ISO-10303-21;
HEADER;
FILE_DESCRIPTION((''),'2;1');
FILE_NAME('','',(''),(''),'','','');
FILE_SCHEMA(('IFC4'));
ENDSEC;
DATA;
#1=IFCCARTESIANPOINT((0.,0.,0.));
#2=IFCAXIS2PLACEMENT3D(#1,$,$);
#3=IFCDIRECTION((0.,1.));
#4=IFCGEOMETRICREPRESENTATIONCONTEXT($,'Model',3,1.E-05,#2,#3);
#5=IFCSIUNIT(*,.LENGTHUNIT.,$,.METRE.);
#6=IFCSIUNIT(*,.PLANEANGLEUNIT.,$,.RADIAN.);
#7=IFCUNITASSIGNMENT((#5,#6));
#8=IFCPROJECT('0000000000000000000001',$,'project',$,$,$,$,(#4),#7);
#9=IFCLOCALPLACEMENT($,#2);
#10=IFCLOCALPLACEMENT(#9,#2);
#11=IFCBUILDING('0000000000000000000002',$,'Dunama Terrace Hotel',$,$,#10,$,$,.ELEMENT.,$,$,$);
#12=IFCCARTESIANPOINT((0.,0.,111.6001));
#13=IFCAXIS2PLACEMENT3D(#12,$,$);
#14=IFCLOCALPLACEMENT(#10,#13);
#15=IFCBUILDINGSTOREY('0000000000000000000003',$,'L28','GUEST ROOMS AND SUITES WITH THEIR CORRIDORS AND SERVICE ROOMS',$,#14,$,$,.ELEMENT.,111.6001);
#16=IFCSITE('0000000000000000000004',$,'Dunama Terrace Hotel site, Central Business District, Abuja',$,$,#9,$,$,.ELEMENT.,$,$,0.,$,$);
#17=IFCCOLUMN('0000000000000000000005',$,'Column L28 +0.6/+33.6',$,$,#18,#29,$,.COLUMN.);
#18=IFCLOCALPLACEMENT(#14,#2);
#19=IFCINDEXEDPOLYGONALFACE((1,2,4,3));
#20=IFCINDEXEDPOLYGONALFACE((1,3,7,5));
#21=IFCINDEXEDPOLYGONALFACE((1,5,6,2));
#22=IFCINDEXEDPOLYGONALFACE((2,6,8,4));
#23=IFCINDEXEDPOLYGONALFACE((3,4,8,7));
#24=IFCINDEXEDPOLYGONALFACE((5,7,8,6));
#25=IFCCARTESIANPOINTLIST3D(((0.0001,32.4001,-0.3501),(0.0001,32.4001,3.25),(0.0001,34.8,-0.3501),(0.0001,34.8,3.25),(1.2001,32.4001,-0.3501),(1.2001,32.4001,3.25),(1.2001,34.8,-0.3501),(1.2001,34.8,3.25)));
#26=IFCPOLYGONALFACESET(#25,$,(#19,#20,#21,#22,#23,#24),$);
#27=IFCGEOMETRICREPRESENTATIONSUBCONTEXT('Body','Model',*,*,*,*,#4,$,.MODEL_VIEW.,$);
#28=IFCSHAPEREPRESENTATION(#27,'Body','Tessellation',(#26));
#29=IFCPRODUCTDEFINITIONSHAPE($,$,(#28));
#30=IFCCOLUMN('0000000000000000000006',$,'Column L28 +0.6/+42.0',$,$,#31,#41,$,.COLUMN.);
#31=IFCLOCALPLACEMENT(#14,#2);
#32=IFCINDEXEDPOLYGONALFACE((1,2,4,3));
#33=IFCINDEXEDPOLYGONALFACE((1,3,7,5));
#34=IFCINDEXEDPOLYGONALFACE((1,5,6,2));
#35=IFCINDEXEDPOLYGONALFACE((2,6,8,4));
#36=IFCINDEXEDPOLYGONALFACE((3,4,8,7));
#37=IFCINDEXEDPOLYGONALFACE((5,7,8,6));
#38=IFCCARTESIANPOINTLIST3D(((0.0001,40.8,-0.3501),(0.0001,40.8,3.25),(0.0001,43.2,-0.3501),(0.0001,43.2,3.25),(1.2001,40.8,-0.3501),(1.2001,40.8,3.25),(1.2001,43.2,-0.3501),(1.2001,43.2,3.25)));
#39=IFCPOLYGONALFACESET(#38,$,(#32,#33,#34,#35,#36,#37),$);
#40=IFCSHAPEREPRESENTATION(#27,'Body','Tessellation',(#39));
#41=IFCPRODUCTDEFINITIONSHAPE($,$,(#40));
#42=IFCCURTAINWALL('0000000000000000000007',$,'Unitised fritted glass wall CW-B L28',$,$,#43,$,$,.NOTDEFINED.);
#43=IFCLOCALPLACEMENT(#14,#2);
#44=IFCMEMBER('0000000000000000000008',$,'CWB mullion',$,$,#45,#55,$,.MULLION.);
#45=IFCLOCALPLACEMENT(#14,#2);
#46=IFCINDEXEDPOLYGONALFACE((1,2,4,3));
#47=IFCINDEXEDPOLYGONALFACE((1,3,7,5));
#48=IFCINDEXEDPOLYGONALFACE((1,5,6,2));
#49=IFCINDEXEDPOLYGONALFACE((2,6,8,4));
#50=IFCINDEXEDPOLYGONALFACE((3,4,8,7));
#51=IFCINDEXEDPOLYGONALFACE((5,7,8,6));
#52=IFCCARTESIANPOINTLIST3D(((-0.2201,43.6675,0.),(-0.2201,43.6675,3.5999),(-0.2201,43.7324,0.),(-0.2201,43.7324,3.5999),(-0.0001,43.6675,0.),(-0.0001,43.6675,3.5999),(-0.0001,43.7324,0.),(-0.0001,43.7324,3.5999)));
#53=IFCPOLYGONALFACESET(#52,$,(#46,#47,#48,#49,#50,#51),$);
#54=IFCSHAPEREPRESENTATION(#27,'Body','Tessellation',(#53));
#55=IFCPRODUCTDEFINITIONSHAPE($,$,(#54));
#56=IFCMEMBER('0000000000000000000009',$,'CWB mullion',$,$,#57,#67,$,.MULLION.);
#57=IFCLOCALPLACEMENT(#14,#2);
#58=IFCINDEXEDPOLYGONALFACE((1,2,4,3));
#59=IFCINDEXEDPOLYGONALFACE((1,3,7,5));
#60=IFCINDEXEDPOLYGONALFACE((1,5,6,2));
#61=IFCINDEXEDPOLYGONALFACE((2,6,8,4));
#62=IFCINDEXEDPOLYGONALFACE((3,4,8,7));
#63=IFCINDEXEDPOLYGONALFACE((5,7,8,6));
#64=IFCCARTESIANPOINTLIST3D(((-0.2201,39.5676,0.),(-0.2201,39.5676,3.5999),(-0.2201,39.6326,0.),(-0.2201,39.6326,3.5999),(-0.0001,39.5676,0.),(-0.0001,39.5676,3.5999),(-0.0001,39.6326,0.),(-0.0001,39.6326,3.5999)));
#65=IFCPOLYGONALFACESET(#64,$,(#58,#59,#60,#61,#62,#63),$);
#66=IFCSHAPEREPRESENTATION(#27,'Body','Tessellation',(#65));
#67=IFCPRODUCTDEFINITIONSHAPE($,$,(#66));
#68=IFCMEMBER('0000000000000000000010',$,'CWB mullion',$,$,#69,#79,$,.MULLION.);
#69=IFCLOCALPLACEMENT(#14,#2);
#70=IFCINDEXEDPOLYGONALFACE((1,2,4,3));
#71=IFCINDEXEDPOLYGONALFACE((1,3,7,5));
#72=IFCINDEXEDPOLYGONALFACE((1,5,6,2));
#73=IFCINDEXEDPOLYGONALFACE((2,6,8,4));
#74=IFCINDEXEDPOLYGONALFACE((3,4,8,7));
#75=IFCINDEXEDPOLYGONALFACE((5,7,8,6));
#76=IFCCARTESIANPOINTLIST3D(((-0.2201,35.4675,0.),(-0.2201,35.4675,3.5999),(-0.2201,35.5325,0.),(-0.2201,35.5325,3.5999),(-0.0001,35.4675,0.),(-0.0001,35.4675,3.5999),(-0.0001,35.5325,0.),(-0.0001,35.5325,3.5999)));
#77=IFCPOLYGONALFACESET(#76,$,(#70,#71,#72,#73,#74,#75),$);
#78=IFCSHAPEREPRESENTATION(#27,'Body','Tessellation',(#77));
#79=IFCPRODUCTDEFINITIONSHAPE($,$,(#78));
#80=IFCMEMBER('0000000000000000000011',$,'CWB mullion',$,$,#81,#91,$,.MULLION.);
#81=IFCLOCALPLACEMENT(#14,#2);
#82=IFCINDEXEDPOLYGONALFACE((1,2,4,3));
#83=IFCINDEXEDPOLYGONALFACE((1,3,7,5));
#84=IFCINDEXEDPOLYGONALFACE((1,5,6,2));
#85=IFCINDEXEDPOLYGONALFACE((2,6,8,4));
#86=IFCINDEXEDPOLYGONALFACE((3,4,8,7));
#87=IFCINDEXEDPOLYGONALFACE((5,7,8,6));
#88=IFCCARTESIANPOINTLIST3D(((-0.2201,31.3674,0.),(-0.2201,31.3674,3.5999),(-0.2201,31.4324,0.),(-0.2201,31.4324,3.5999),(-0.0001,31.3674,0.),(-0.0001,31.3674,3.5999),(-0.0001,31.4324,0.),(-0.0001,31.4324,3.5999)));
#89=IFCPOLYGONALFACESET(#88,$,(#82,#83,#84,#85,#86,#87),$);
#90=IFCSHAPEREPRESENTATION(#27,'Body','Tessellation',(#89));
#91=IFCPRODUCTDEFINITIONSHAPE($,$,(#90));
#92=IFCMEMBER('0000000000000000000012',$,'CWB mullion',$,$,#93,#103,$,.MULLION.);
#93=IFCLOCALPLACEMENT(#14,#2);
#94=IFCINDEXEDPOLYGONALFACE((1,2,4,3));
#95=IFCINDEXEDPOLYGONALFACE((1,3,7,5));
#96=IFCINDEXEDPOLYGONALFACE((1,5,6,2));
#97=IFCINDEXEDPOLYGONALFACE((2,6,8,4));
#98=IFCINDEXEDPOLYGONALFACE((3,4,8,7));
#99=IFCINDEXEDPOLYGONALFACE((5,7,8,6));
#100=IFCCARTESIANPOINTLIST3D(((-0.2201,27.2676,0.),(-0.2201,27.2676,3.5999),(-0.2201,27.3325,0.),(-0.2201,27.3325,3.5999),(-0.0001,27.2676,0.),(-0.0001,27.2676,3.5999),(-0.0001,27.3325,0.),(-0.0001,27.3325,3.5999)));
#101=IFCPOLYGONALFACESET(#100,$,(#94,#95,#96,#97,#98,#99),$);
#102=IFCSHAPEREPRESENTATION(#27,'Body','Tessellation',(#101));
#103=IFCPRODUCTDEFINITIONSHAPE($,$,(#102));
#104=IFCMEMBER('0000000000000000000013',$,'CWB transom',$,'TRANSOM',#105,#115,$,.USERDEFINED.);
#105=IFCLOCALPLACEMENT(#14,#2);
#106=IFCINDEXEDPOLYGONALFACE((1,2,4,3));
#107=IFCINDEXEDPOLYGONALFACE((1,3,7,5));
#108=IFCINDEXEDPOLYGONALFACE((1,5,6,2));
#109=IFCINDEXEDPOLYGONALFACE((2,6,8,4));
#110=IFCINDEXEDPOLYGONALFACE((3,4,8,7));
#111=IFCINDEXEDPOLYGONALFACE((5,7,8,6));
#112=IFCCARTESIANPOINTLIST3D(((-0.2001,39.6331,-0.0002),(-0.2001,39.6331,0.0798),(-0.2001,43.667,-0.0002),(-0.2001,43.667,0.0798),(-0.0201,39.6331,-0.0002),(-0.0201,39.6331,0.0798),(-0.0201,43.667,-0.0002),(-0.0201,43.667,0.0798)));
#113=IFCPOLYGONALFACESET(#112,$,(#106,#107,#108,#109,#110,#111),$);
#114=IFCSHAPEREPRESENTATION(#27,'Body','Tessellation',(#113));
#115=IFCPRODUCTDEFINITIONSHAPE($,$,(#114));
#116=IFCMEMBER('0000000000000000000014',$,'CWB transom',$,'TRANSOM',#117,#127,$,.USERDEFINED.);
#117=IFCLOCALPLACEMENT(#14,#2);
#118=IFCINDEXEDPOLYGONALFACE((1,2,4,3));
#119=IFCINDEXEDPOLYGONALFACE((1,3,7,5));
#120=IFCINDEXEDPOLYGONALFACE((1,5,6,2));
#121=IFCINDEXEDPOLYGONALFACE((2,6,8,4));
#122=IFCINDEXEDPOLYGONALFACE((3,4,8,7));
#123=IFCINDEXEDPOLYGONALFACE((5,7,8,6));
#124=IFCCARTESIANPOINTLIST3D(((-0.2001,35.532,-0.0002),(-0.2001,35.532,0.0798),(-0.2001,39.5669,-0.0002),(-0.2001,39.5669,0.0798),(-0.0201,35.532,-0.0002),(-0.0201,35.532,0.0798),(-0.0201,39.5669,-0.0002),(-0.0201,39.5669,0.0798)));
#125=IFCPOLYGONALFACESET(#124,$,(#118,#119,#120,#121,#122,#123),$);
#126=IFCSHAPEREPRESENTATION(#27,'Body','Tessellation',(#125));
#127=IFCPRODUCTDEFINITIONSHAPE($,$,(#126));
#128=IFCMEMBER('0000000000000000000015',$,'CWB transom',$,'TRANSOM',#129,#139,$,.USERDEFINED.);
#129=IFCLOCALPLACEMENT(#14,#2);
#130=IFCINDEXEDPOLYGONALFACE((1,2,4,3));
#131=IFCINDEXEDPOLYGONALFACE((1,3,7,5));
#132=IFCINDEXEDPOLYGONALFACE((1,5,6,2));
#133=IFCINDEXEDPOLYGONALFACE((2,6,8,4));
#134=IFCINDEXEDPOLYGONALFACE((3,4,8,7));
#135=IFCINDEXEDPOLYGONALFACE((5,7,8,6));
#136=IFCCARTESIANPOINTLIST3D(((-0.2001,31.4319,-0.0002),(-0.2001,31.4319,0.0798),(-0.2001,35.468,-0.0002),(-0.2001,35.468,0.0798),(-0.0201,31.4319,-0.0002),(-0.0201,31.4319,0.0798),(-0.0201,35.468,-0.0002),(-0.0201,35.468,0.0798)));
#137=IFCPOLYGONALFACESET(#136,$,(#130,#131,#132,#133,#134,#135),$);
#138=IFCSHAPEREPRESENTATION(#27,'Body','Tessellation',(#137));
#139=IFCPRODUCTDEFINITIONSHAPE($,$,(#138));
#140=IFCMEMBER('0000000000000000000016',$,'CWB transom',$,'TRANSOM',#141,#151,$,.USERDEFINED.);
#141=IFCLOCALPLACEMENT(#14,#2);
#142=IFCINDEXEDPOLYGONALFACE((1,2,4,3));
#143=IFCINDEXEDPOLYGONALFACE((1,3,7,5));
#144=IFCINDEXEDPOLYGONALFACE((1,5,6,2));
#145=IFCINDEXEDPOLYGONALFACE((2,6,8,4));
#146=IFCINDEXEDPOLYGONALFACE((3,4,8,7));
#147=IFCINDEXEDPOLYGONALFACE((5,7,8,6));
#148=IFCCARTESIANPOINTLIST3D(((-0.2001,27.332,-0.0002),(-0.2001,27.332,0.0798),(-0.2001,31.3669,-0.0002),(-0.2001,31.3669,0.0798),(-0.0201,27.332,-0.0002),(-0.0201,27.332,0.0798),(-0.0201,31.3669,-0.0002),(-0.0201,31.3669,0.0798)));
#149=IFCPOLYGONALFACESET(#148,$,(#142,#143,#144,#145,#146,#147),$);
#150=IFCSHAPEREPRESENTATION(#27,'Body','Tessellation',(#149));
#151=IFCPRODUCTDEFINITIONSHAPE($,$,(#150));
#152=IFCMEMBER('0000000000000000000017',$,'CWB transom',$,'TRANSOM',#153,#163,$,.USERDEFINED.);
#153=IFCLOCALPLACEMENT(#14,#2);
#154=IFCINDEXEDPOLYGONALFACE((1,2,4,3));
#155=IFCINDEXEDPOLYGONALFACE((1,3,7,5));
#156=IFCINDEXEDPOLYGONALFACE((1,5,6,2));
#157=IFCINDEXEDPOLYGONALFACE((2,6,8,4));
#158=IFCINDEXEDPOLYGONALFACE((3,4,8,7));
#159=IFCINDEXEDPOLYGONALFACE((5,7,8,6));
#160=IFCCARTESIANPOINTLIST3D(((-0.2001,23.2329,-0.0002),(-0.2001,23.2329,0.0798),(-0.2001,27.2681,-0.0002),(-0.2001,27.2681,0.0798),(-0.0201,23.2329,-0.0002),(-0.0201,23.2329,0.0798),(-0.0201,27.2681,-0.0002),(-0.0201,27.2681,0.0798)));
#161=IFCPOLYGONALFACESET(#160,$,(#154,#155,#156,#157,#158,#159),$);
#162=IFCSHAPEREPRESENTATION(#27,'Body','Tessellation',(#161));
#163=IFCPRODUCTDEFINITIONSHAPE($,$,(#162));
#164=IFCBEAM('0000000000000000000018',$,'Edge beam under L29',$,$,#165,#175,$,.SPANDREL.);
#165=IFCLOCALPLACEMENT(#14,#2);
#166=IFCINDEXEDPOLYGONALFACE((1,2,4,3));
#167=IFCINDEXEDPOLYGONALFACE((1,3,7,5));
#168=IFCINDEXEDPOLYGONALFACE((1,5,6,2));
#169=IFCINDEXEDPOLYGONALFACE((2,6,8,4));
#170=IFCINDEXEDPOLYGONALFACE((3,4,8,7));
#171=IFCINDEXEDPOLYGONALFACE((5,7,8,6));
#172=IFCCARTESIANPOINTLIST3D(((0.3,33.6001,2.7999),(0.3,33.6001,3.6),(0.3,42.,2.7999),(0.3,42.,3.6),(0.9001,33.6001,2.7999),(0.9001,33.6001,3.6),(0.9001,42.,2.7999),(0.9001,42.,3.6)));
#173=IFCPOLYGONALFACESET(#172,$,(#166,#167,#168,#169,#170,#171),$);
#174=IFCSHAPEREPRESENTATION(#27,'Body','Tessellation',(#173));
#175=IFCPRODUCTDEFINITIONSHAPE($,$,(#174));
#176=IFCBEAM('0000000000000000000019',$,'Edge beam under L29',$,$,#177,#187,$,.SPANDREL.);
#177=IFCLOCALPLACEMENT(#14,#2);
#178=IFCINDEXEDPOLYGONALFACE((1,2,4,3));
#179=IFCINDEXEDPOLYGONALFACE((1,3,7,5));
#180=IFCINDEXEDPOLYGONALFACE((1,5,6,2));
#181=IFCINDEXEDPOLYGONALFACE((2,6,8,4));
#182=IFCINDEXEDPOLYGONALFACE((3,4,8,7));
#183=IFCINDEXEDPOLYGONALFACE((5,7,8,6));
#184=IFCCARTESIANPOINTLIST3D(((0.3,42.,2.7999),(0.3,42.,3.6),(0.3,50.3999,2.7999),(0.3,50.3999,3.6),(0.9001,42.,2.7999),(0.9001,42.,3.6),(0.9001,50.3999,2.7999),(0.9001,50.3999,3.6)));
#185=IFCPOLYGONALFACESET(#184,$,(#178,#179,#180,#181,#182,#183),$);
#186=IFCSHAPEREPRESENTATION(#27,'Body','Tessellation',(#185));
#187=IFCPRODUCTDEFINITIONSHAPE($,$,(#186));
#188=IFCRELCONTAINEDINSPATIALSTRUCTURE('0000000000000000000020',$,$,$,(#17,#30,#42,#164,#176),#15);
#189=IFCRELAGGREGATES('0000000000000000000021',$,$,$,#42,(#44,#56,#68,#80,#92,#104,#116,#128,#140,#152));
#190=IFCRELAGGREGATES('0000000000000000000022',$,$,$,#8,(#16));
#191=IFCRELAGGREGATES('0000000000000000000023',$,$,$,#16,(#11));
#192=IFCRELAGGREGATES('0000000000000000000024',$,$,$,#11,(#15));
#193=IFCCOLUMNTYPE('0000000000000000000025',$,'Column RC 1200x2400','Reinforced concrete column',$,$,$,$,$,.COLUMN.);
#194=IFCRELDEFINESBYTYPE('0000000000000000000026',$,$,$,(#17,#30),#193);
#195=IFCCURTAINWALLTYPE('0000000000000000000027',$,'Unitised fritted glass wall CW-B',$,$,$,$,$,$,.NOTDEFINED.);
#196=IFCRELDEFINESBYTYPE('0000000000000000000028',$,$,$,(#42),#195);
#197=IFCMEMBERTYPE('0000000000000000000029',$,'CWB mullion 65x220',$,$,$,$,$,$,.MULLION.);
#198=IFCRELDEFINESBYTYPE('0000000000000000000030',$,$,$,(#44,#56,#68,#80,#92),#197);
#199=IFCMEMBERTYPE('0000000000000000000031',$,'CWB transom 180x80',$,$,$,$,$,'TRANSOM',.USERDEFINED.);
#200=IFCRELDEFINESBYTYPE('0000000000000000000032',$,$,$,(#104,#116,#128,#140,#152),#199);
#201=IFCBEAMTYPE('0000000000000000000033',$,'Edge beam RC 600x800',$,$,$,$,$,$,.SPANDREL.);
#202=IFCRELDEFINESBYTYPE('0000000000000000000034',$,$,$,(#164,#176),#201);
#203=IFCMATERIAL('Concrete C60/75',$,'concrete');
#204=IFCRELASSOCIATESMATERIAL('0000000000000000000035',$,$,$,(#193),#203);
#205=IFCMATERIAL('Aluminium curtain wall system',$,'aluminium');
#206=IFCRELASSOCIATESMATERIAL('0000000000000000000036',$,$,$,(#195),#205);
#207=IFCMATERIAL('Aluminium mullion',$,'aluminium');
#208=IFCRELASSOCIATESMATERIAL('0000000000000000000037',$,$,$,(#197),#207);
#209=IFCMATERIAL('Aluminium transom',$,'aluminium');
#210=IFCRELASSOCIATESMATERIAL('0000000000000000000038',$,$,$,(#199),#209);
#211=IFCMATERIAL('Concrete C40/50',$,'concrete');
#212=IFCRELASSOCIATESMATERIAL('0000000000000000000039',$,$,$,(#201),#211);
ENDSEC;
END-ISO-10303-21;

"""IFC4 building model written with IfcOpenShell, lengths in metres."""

from ifc_helpers import new_model, si_unit, direction, frame, origin, origin_2d, place, context, subcontext, project, spatial, rectangle, extrude, material, material_profile, profile_set, type_object, element, aggregate, save


model = new_model("IFC4")

# Units and contexts
model_context = context("Model", 3, precision=1e-05, world=origin(), true_north=direction((0.0, 1.0)))
body_context = subcontext(model_context, "Body", "Model", "MODEL_VIEW")
ifc_project = project(units=[si_unit("LENGTHUNIT", "METRE"), si_unit("PLANEANGLEUNIT", "RADIAN")], contexts=[model_context])

# Site, building, storey
site_placement = place(None, origin())
site = spatial("IfcSite", under=ifc_project, at=site_placement, Name="Dunama Terrace Hotel site, Central Business District, Abuja", CompositionType="ELEMENT", RefElevation=0.0)
building_placement = place(site_placement, origin())
building = spatial("IfcBuilding", under=site, at=building_placement, Name="Dunama Terrace Hotel", CompositionType="ELEMENT")
storey_placement = place(building_placement, frame((0.0, 0.0, 111.6001)))
storey = spatial("IfcBuildingStorey", under=building, at=storey_placement, Name="L28", Description="GUEST ROOMS AND SUITES WITH THEIR CORRIDORS AND SERVICE ROOMS", CompositionType="ELEMENT", Elevation=111.6001)

# Columns
ifc_material_1 = material(Name="Concrete C60/75", Category="concrete")
ifc_material_profile_1 = material_profile(ifc_material_1, rectangle(XDim=1.2, YDim=2.3999, at=origin_2d()), Name="RC 1200x2400")
ifc_profile_set_1 = profile_set([ifc_material_profile_1], Name="Concrete C60/75")
column_type = type_object("IfcColumnType", Name="Column RC 1200x2400", Description="Reinforced concrete column", PredefinedType="COLUMN", material=ifc_profile_set_1)
for number, where, z_axis, x_axis, name in (
    (1, (0.6001, 33.6001, -0.3501), (0.0, 0.0, 1.0), (1.0, 0.0, 0.0), "Column L28 +0.6/+33.6"),
    (2, (0.6001, 42.0, -0.3501), (0.0, 0.0, 1.0), (1.0, 0.0, 0.0), "Column L28 +0.6/+42.0"),
):
    element("IfcColumn", number, at=place(storey_placement, frame(where, z_axis=z_axis, x_axis=x_axis)), inside=storey, type_object=column_type, Name=name, PredefinedType="COLUMN", context=body_context, shape_type="SweptSolid", body=[
        extrude(rectangle(XDim=1.2, YDim=2.3999, at=origin_2d()), origin(), (0.0, 0.0, 1.0), 3.6001),
    ])

# Curtain wall, members
ifc_material_2 = material(Name="Aluminium curtain wall system", Category="aluminium")
curtain_wall_type = type_object("IfcCurtainWallType", Name="Unitised fritted glass wall CW-B", PredefinedType="NOTDEFINED", material=ifc_material_2)
curtain_wall_placement = place(storey_placement, origin())
curtain_wall = element("IfcCurtainWall", 3, at=curtain_wall_placement, inside=storey, type_object=curtain_wall_type, Name="Unitised fritted glass wall CW-B L28", PredefinedType="NOTDEFINED")
ifc_material_3 = material(Name="Aluminium mullion", Category="aluminium")
ifc_material_profile_2 = material_profile(ifc_material_3, rectangle(XDim=0.0649, YDim=0.22, at=origin_2d()), Name="CWB MULLION 65X220")
ifc_profile_set_2 = profile_set([ifc_material_profile_2], Name="Aluminium mullion")
member_type_1 = type_object("IfcMemberType", Name="CWB mullion 65x220", PredefinedType="MULLION", material=ifc_profile_set_2)
member_1_placement = place(storey_placement, frame((-0.1101, 43.7, 0.0), z_axis=(0.0, 0.0, 1.0), x_axis=(0.0, -1.0, 0.0)))
member_1 = element("IfcMember", 4, at=member_1_placement, type_object=member_type_1, Name="CWB mullion", PredefinedType="MULLION", context=body_context, shape_type="SweptSolid", body=[
    extrude(rectangle(XDim=0.0649, YDim=0.22, at=origin_2d()), origin(), (0.0, 0.0, 1.0), 3.5999),
])
member_2_placement = place(storey_placement, frame((-0.1101, 39.6001, 0.0), z_axis=(0.0, 0.0, 1.0), x_axis=(0.0, -1.0, 0.0)))
member_2 = element("IfcMember", 5, at=member_2_placement, type_object=member_type_1, Name="CWB mullion", PredefinedType="MULLION", context=body_context, shape_type="SweptSolid", body=[
    extrude(rectangle(XDim=0.0649, YDim=0.22, at=origin_2d()), origin(), (0.0, 0.0, 1.0), 3.5999),
])
member_3_placement = place(storey_placement, frame((-0.1101, 35.5, 0.0), z_axis=(0.0, 0.0, 1.0), x_axis=(0.0, -1.0, 0.0)))
member_3 = element("IfcMember", 6, at=member_3_placement, type_object=member_type_1, Name="CWB mullion", PredefinedType="MULLION", context=body_context, shape_type="SweptSolid", body=[
    extrude(rectangle(XDim=0.0649, YDim=0.22, at=origin_2d()), origin(), (0.0, 0.0, 1.0), 3.5999),
])
member_4_placement = place(storey_placement, frame((-0.1101, 31.3999, 0.0), z_axis=(0.0, 0.0, 1.0), x_axis=(0.0, -1.0, 0.0)))
member_4 = element("IfcMember", 7, at=member_4_placement, type_object=member_type_1, Name="CWB mullion", PredefinedType="MULLION", context=body_context, shape_type="SweptSolid", body=[
    extrude(rectangle(XDim=0.0649, YDim=0.22, at=origin_2d()), origin(), (0.0, 0.0, 1.0), 3.5999),
])
member_5_placement = place(storey_placement, frame((-0.1101, 27.3, 0.0), z_axis=(0.0, 0.0, 1.0), x_axis=(0.0, -1.0, 0.0)))
member_5 = element("IfcMember", 8, at=member_5_placement, type_object=member_type_1, Name="CWB mullion", PredefinedType="MULLION", context=body_context, shape_type="SweptSolid", body=[
    extrude(rectangle(XDim=0.0649, YDim=0.22, at=origin_2d()), origin(), (0.0, 0.0, 1.0), 3.5999),
])
ifc_material_4 = material(Name="Aluminium transom", Category="aluminium")
ifc_material_profile_3 = material_profile(ifc_material_4, rectangle(XDim=0.1799, YDim=0.0801, at=origin_2d()), Name="CWB TRANSOM 180X80")
ifc_profile_set_3 = profile_set([ifc_material_profile_3], Name="Aluminium transom")
member_type_2 = type_object("IfcMemberType", Name="CWB transom 180x80", ElementType="TRANSOM", PredefinedType="USERDEFINED", material=ifc_profile_set_3)
member_6_placement = place(storey_placement, frame((-0.1101, 43.667, 0.0398), z_axis=(0.0, -1.0, 0.0), x_axis=(1.0, 0.0, 0.0)))
member_6 = element("IfcMember", 9, at=member_6_placement, type_object=member_type_2, Name="CWB transom", ObjectType="TRANSOM", PredefinedType="USERDEFINED", context=body_context, shape_type="SweptSolid", body=[
    extrude(rectangle(XDim=0.1799, YDim=0.0801, at=origin_2d()), origin(), (0.0, 0.0, 1.0), 4.0339),
])
member_7_placement = place(storey_placement, frame((-0.1101, 39.5669, 0.0398), z_axis=(0.0, -1.0, 0.0), x_axis=(1.0, 0.0, 0.0)))
member_7 = element("IfcMember", 10, at=member_7_placement, type_object=member_type_2, Name="CWB transom", ObjectType="TRANSOM", PredefinedType="USERDEFINED", context=body_context, shape_type="SweptSolid", body=[
    extrude(rectangle(XDim=0.1799, YDim=0.0801, at=origin_2d()), origin(), (0.0, 0.0, 1.0), 4.0349),
])
member_8_placement = place(storey_placement, frame((-0.1101, 35.468, 0.0398), z_axis=(0.0, -1.0, 0.0), x_axis=(1.0, 0.0, 0.0)))
member_8 = element("IfcMember", 11, at=member_8_placement, type_object=member_type_2, Name="CWB transom", ObjectType="TRANSOM", PredefinedType="USERDEFINED", context=body_context, shape_type="SweptSolid", body=[
    extrude(rectangle(XDim=0.1799, YDim=0.0801, at=origin_2d()), origin(), (0.0, 0.0, 1.0), 4.0361),
])
member_9_placement = place(storey_placement, frame((-0.1101, 31.3669, 0.0398), z_axis=(0.0, -1.0, 0.0), x_axis=(1.0, 0.0, 0.0)))
member_9 = element("IfcMember", 12, at=member_9_placement, type_object=member_type_2, Name="CWB transom", ObjectType="TRANSOM", PredefinedType="USERDEFINED", context=body_context, shape_type="SweptSolid", body=[
    extrude(rectangle(XDim=0.1799, YDim=0.0801, at=origin_2d()), origin(), (0.0, 0.0, 1.0), 4.0349),
])
member_10_placement = place(storey_placement, frame((-0.1101, 27.2681, 0.0398), z_axis=(0.0, -1.0, 0.0), x_axis=(1.0, 0.0, 0.0)))
member_10 = element("IfcMember", 13, at=member_10_placement, type_object=member_type_2, Name="CWB transom", ObjectType="TRANSOM", PredefinedType="USERDEFINED", context=body_context, shape_type="SweptSolid", body=[
    extrude(rectangle(XDim=0.1799, YDim=0.0801, at=origin_2d()), origin(), (0.0, 0.0, 1.0), 4.0352),
])

# Beams
ifc_material_5 = material(Name="Concrete C40/50", Category="concrete")
ifc_material_profile_4 = material_profile(ifc_material_5, rectangle(XDim=0.6001, YDim=0.8, at=origin_2d()), Name="RC 600x800")
ifc_profile_set_4 = profile_set([ifc_material_profile_4], Name="Concrete C40/50")
beam_type = type_object("IfcBeamType", Name="Edge beam RC 600x800", PredefinedType="SPANDREL", material=ifc_profile_set_4)
for number, where, z_axis, x_axis, name in (
    (14, (0.6001, 33.6001, 3.2), (0.0, 1.0, 0.0), (-1.0, 0.0, 0.0), "Edge beam under L29"),
    (15, (0.6001, 42.0, 3.2), (0.0, 1.0, 0.0), (-1.0, 0.0, 0.0), "Edge beam under L29"),
):
    element("IfcBeam", number, at=place(storey_placement, frame(where, z_axis=z_axis, x_axis=x_axis)), inside=storey, type_object=beam_type, Name=name, PredefinedType="SPANDREL", context=body_context, shape_type="SweptSolid", body=[
        extrude(rectangle(XDim=0.6001, YDim=0.8, at=origin_2d()), origin(), (0.0, 0.0, 1.0), 8.3999),
    ])

aggregate(curtain_wall, [member_1, member_2, member_3, member_4, member_5, member_6, member_7, member_8, member_9, member_10])

save(model, "model.ifc")
